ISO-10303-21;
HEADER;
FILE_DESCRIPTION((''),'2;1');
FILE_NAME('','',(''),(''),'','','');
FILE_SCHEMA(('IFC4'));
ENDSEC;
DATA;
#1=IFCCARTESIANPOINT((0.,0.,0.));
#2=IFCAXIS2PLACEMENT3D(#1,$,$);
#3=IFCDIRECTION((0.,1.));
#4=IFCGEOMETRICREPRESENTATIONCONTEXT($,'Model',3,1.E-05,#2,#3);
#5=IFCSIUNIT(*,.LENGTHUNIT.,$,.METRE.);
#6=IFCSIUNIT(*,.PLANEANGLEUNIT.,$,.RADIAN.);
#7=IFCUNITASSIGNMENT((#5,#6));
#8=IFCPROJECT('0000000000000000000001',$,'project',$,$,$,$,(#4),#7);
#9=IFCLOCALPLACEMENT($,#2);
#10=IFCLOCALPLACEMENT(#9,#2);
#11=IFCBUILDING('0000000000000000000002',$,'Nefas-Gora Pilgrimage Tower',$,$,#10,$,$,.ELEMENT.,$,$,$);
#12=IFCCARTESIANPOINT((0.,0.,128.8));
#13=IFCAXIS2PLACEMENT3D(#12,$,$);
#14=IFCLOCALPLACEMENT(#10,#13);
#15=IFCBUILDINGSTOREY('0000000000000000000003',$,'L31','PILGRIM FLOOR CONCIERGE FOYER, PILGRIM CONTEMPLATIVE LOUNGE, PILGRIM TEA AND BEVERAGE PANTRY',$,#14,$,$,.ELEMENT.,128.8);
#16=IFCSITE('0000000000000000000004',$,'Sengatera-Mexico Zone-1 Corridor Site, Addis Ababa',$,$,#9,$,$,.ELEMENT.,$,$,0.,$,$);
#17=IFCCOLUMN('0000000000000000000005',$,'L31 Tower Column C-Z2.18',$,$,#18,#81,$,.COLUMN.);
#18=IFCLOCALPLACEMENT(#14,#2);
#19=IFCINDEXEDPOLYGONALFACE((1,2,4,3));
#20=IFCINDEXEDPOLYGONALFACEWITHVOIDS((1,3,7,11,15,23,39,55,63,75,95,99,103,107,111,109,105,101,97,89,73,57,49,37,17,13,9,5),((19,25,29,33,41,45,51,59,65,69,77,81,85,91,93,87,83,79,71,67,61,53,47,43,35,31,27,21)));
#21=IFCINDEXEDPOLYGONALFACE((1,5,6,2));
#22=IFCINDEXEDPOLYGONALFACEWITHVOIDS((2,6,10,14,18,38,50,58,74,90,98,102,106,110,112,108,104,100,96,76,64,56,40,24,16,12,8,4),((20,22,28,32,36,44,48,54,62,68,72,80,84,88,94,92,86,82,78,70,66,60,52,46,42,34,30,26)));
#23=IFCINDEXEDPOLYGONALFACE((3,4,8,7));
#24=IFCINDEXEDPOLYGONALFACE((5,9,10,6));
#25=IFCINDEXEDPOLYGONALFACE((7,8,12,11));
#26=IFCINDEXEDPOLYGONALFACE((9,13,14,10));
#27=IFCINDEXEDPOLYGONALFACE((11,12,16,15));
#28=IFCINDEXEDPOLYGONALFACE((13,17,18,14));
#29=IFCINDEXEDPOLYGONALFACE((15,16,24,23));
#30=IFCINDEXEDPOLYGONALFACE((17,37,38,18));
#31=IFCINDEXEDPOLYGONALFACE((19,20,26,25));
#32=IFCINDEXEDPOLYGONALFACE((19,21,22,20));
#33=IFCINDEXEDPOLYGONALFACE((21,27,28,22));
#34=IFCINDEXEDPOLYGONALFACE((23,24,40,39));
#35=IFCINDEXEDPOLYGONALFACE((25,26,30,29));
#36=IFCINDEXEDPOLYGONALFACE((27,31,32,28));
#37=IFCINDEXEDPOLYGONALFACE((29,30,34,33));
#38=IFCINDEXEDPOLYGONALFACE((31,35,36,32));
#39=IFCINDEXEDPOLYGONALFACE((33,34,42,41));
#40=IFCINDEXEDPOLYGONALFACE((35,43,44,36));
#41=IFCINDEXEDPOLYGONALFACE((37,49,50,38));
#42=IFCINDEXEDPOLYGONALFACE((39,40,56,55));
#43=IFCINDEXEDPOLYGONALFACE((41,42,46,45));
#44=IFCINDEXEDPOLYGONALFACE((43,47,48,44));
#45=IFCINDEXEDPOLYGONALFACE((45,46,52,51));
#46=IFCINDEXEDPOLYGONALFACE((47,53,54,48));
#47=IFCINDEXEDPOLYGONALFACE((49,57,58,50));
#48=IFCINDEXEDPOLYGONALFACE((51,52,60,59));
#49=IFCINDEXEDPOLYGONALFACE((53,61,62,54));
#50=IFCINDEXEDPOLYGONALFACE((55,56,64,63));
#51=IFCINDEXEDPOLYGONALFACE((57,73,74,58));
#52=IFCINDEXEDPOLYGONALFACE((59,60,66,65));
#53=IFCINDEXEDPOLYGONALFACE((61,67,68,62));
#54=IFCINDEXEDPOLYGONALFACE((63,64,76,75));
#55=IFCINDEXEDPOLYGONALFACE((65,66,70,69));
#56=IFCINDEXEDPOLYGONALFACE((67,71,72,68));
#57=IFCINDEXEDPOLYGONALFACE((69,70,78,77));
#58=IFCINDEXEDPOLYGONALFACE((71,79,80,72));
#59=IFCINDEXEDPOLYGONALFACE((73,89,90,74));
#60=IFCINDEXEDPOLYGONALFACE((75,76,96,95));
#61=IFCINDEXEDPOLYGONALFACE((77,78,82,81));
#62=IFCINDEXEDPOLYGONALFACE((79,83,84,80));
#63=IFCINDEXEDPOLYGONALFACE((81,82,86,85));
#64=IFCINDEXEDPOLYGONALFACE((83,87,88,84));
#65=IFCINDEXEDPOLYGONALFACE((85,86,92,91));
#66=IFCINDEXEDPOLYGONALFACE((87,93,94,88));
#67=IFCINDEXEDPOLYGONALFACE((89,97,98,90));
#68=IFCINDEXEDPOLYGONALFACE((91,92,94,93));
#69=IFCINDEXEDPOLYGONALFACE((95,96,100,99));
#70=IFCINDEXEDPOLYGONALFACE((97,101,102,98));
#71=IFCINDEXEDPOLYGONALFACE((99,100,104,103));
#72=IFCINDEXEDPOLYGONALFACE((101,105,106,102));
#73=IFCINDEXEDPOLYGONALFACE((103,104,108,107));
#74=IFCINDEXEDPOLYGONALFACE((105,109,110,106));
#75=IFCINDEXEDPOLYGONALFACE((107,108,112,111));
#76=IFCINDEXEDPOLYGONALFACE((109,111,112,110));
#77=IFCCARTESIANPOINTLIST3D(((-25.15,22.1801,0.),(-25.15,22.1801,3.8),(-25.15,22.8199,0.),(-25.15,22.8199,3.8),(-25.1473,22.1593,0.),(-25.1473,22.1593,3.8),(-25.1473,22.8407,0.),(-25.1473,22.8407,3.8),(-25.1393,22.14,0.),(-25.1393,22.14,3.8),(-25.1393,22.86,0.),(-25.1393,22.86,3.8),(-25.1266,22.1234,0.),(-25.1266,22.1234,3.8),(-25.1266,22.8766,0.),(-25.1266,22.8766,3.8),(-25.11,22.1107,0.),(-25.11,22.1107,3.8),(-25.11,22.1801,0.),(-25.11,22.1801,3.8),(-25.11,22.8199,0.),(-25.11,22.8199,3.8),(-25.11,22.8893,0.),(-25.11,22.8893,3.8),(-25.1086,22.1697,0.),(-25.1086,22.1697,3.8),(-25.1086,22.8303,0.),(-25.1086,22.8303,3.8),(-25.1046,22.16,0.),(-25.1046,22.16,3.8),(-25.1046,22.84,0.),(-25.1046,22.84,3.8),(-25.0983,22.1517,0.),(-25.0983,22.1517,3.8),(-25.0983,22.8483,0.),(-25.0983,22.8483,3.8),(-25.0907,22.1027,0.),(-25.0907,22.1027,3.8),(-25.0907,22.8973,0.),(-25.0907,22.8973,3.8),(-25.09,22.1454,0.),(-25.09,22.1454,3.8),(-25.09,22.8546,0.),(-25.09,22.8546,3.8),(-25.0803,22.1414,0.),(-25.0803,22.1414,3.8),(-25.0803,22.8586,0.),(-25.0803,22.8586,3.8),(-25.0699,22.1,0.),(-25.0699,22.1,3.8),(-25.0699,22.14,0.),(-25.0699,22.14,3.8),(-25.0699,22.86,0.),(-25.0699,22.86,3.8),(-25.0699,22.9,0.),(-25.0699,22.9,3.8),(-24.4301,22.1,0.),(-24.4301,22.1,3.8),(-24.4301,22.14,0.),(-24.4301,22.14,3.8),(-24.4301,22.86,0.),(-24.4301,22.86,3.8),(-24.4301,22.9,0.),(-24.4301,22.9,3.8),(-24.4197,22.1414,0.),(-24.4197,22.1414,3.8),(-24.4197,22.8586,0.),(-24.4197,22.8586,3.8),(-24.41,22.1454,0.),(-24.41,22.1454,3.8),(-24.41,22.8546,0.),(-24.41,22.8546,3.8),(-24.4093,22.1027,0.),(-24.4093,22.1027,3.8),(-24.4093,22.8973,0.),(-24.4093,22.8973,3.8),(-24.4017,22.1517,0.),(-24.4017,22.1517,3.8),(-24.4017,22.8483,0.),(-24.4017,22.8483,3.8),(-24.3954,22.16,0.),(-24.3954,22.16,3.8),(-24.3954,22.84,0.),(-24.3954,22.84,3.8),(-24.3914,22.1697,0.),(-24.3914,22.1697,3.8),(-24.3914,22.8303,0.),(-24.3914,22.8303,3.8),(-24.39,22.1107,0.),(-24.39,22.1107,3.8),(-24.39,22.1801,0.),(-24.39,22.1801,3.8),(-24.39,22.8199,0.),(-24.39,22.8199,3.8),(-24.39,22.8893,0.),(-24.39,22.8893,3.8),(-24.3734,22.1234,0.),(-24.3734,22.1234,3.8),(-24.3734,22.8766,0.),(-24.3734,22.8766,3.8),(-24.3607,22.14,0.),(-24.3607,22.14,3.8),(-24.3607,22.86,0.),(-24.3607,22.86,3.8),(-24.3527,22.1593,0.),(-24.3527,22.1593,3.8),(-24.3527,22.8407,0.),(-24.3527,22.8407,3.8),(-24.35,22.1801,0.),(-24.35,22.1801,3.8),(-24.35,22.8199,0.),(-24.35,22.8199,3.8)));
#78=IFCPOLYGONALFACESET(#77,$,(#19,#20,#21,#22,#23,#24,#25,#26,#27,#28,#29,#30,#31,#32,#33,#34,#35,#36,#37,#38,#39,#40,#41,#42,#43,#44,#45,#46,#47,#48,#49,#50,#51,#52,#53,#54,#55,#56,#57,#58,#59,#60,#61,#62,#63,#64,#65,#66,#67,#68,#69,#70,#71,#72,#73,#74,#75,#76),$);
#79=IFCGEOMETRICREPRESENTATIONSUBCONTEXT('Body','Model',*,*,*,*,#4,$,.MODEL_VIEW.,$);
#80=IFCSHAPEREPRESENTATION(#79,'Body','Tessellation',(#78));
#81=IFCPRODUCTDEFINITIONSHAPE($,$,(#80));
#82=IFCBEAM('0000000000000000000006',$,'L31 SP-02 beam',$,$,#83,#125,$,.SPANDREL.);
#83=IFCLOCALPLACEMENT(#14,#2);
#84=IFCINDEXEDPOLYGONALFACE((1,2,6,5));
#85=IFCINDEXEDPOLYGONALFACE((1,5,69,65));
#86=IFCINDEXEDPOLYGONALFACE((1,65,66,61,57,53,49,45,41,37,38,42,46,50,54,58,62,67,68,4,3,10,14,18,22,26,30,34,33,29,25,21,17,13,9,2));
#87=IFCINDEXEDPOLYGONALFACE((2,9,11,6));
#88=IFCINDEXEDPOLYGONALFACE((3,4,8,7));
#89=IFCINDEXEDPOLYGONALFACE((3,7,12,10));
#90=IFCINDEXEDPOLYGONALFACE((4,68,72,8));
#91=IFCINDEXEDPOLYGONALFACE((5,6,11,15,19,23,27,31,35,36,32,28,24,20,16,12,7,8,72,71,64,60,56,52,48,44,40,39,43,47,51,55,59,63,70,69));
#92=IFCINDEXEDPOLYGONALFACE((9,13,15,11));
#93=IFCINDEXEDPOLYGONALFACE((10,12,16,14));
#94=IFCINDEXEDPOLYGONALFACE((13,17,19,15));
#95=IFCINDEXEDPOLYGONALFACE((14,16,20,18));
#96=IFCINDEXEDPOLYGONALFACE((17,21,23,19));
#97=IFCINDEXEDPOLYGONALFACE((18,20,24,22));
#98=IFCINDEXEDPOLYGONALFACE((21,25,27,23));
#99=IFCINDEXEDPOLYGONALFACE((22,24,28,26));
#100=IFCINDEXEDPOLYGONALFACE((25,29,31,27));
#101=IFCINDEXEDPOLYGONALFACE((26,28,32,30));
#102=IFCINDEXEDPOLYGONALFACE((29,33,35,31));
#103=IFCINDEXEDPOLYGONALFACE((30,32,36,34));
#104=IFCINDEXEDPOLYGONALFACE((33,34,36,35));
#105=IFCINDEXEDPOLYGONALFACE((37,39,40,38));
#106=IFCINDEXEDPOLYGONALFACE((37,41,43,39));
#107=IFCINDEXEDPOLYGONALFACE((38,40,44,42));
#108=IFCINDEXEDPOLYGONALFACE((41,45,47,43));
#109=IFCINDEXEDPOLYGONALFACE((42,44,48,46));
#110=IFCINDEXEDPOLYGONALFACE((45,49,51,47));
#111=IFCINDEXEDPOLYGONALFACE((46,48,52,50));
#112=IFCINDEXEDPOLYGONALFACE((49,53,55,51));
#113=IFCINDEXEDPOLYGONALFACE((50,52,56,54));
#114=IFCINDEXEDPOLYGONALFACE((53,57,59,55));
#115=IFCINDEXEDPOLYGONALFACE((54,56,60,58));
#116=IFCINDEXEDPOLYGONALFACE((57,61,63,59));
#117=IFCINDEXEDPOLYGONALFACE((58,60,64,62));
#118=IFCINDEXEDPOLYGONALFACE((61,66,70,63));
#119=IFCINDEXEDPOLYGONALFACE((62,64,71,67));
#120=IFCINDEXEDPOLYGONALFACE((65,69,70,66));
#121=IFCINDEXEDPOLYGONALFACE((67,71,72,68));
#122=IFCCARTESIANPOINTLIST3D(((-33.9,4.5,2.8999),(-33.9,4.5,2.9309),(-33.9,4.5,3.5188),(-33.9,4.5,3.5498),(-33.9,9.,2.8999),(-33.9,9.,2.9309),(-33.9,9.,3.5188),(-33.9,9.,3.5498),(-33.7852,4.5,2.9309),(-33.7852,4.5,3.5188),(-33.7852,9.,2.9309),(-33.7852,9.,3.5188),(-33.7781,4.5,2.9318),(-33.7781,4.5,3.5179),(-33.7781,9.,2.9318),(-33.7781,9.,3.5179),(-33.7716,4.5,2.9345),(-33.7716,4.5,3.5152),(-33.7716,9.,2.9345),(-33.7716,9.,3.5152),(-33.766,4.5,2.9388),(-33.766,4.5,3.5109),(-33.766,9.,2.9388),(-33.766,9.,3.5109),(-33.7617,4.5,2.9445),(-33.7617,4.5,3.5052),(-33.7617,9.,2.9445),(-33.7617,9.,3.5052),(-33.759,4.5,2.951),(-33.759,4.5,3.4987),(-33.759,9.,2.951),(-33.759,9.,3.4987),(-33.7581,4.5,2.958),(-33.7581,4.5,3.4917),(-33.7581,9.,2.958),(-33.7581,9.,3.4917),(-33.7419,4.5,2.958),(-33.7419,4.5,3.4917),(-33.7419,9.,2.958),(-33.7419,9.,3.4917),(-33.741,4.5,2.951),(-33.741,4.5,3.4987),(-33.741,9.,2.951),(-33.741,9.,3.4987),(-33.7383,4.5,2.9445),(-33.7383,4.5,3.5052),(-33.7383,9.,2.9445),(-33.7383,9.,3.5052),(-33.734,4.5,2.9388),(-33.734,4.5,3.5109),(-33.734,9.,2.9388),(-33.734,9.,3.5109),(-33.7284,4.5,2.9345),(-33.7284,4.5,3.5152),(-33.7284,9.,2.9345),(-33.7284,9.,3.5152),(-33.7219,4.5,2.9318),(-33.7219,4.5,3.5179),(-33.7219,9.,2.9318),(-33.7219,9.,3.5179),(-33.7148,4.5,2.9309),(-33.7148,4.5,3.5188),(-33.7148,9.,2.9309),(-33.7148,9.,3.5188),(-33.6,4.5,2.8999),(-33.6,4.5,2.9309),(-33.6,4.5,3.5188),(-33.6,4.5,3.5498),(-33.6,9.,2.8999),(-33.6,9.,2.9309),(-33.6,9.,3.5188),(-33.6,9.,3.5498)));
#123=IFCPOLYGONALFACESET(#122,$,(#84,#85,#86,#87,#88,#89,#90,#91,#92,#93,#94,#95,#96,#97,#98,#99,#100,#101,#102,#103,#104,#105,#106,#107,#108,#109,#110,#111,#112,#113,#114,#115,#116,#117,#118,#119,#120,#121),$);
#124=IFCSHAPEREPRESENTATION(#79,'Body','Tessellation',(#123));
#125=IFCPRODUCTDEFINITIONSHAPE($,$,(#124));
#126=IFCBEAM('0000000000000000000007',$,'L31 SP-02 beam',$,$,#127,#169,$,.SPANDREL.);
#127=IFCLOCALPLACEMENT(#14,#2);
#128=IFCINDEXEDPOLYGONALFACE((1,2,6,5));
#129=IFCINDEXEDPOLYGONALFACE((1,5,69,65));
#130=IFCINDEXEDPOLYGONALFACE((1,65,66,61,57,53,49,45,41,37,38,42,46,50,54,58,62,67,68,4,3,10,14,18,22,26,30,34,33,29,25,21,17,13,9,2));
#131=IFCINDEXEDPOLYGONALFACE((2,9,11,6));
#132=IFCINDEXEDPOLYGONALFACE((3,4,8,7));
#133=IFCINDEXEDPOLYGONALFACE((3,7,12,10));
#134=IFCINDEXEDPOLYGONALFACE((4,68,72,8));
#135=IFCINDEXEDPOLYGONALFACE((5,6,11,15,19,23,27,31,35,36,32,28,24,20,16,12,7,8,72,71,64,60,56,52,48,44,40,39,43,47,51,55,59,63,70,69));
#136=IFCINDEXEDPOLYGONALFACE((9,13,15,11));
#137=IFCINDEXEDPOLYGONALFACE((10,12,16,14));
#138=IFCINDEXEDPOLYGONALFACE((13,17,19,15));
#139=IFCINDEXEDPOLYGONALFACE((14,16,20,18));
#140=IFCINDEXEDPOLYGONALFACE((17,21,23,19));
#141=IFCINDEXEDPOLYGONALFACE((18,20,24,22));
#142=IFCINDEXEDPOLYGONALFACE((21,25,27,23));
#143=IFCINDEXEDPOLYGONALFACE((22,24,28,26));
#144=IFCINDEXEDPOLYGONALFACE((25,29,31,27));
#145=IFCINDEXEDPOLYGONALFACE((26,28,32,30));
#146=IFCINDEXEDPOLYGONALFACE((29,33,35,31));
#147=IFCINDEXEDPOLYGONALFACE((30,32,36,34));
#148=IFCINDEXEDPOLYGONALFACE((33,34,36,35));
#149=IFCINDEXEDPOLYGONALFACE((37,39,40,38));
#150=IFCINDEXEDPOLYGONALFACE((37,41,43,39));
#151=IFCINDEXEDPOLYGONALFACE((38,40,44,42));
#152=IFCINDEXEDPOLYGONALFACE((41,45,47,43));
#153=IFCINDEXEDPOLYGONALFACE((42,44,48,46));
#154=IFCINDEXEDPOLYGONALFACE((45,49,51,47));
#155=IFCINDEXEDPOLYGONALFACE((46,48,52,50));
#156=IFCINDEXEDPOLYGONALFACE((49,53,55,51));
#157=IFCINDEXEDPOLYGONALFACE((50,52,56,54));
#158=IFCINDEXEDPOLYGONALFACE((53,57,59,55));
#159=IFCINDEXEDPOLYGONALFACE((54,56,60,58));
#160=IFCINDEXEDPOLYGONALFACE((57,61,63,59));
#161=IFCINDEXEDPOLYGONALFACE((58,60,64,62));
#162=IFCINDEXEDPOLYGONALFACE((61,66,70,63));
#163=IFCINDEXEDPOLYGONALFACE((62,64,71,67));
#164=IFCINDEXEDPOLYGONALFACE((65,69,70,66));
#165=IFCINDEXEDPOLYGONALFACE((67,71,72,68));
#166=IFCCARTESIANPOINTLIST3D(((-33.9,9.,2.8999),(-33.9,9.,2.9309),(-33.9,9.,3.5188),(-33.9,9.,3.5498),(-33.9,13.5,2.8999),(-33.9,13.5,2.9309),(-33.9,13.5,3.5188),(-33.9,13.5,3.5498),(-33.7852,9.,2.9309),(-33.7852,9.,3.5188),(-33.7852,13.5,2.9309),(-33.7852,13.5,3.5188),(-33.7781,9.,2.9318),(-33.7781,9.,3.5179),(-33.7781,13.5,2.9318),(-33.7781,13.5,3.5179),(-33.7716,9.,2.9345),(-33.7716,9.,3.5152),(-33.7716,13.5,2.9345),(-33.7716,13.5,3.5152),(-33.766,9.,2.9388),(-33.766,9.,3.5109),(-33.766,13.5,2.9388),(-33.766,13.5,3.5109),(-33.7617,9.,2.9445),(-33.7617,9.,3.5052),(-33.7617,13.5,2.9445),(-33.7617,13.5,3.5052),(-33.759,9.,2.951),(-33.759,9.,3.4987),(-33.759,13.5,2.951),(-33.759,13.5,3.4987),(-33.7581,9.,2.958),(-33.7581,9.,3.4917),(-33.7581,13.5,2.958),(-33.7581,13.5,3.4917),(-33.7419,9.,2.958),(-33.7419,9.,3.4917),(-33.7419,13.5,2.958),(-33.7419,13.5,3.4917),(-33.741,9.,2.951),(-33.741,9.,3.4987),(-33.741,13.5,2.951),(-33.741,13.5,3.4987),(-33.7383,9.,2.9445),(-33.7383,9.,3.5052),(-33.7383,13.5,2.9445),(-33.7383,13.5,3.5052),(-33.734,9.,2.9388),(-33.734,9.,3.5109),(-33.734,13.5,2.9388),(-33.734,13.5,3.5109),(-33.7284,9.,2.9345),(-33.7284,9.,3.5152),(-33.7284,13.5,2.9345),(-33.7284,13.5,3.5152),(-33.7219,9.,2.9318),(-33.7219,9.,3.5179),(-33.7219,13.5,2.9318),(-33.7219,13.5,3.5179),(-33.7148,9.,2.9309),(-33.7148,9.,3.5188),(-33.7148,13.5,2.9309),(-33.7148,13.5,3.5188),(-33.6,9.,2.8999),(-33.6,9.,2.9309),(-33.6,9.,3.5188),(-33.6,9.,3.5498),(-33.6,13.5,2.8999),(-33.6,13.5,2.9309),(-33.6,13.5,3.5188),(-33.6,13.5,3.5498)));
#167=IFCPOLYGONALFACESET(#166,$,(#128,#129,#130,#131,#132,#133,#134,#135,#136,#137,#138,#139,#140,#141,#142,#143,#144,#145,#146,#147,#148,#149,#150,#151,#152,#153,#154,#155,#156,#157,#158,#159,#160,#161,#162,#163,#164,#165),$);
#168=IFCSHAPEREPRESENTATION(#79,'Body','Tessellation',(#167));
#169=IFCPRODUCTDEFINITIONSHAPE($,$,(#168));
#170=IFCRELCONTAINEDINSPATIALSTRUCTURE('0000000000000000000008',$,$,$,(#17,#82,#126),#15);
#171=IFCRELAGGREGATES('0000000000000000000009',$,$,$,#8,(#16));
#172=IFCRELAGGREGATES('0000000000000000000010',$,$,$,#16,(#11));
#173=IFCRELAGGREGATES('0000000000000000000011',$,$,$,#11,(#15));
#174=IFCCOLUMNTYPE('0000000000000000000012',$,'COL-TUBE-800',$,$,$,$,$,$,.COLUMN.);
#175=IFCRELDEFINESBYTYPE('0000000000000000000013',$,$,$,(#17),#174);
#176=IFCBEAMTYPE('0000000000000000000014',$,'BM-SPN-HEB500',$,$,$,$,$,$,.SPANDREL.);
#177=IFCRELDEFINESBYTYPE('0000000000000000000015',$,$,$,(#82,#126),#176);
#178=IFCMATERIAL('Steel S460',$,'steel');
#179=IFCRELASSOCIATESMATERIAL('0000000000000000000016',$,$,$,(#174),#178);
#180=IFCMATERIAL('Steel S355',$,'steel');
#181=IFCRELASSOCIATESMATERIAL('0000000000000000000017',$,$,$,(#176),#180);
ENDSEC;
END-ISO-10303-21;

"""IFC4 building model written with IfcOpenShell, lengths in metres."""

from ifc_helpers import new_model, si_unit, direction, frame, origin, origin_2d, place, context, subcontext, project, spatial, hollow_rectangle, i_section, extrude, source, transform, mapped, material, material_profile, profile_set, type_object, element, save


model = new_model("IFC4")

# Units and contexts
model_context = context("Model", 3, precision=1e-05, world=origin(), true_north=direction((0.0, 1.0)))
body_context = subcontext(model_context, "Body", "Model", "MODEL_VIEW")
ifc_project = project(units=[si_unit("LENGTHUNIT", "METRE"), si_unit("PLANEANGLEUNIT", "RADIAN")], contexts=[model_context])

# Site, building, storey
site_placement = place(None, origin())
site = spatial("IfcSite", under=ifc_project, at=site_placement, Name="Sengatera-Mexico Zone-1 Corridor Site, Addis Ababa", CompositionType="ELEMENT", RefElevation=0.0)
building_placement = place(site_placement, origin())
building = spatial("IfcBuilding", under=site, at=building_placement, Name="Nefas-Gora Pilgrimage Tower", CompositionType="ELEMENT")
storey_placement = place(building_placement, frame((0.0, 0.0, 128.8)))
storey = spatial("IfcBuildingStorey", under=building, at=storey_placement, Name="L31", Description="PILGRIM FLOOR CONCIERGE FOYER, PILGRIM CONTEMPLATIVE LOUNGE, PILGRIM TEA AND BEVERAGE PANTRY", CompositionType="ELEMENT", Elevation=128.8)

# Column
ifc_material_1 = material(Name="Steel S460", Category="steel")
ifc_material_profile_1 = material_profile(ifc_material_1, hollow_rectangle(XDim=0.8, YDim=0.8, WallThickness=0.04, InnerFilletRadius=0.04, OuterFilletRadius=0.0801, at=origin_2d()), Name="BOX 800x800x40")
ifc_profile_set_1 = profile_set([ifc_material_profile_1], Name="Steel S460")
column_type_1 = type_object("IfcColumnType", Name="COL-TUBE-800", PredefinedType="COLUMN", material=ifc_profile_set_1)
shared_shape_1 = source(origin(), body_context, "Body", "SweptSolid", [
    extrude(hollow_rectangle(XDim=0.8, YDim=0.8, WallThickness=0.04, InnerFilletRadius=0.04, OuterFilletRadius=0.0801, at=origin_2d()), origin(), (0.0, 0.0, 1.0), 3.8),
])
for number, where, z_axis, x_axis, name in (
    (1, (-24.75, 22.5, 0.0), (0.0, 0.0, 1.0), (1.0, 0.0, 0.0), "L31 Tower Column C-Z2.18"),
):
    element("IfcColumn", number, at=place(storey_placement, frame(where, z_axis=z_axis, x_axis=x_axis)), inside=storey, type_object=column_type_1, Name=name, PredefinedType="COLUMN", context=body_context, shape_type="MappedRepresentation", body=[
        mapped(shared_shape_1, transform((0.0, 0.0, 0.0), x_axis=(1.0, 0.0, 0.0), y_axis=(0.0, 1.0, 0.0), z_axis=(0.0, 0.0, 1.0), scale=1.0)),
    ])

# Beams
ifc_material_2 = material(Name="Steel S355", Category="steel")
ifc_material_profile_2 = material_profile(ifc_material_2, i_section(OverallWidth=0.3, OverallDepth=0.6499, WebThickness=0.0161, FlangeThickness=0.031, FilletRadius=0.0271, at=origin_2d()), Name="HEB 650")
ifc_profile_set_2 = profile_set([ifc_material_profile_2], Name="Steel S355")
beam_type_1 = type_object("IfcBeamType", Name="BM-SPN-HEB500", PredefinedType="SPANDREL", material=ifc_profile_set_2)
shared_shape_2 = source(origin(), body_context, "Body", "SweptSolid", [
    extrude(i_section(OverallWidth=0.3, OverallDepth=0.6499, WebThickness=0.0161, FlangeThickness=0.031, FilletRadius=0.0271, at=origin_2d()), origin(), (0.0, 0.0, 1.0), 4.5),
])
for number, where, z_axis, x_axis, name in (
    (2, (-33.75, 4.5, 3.2249), (0.0, 1.0, 0.0), (-1.0, 0.0, 0.0), "L31 SP-02 beam"),
    (3, (-33.75, 9.0, 3.2249), (0.0, 1.0, 0.0), (-1.0, 0.0, 0.0), "L31 SP-02 beam"),
):
    element("IfcBeam", number, at=place(storey_placement, frame(where, z_axis=z_axis, x_axis=x_axis)), inside=storey, type_object=beam_type_1, Name=name, PredefinedType="SPANDREL", context=body_context, shape_type="MappedRepresentation", body=[
        mapped(shared_shape_2, transform((0.0, 0.0, 0.0), x_axis=(1.0, 0.0, 0.0), y_axis=(0.0, 1.0, 0.0), z_axis=(0.0, 0.0, 1.0), scale=1.0)),
    ])

save(model, "model.ifc")
